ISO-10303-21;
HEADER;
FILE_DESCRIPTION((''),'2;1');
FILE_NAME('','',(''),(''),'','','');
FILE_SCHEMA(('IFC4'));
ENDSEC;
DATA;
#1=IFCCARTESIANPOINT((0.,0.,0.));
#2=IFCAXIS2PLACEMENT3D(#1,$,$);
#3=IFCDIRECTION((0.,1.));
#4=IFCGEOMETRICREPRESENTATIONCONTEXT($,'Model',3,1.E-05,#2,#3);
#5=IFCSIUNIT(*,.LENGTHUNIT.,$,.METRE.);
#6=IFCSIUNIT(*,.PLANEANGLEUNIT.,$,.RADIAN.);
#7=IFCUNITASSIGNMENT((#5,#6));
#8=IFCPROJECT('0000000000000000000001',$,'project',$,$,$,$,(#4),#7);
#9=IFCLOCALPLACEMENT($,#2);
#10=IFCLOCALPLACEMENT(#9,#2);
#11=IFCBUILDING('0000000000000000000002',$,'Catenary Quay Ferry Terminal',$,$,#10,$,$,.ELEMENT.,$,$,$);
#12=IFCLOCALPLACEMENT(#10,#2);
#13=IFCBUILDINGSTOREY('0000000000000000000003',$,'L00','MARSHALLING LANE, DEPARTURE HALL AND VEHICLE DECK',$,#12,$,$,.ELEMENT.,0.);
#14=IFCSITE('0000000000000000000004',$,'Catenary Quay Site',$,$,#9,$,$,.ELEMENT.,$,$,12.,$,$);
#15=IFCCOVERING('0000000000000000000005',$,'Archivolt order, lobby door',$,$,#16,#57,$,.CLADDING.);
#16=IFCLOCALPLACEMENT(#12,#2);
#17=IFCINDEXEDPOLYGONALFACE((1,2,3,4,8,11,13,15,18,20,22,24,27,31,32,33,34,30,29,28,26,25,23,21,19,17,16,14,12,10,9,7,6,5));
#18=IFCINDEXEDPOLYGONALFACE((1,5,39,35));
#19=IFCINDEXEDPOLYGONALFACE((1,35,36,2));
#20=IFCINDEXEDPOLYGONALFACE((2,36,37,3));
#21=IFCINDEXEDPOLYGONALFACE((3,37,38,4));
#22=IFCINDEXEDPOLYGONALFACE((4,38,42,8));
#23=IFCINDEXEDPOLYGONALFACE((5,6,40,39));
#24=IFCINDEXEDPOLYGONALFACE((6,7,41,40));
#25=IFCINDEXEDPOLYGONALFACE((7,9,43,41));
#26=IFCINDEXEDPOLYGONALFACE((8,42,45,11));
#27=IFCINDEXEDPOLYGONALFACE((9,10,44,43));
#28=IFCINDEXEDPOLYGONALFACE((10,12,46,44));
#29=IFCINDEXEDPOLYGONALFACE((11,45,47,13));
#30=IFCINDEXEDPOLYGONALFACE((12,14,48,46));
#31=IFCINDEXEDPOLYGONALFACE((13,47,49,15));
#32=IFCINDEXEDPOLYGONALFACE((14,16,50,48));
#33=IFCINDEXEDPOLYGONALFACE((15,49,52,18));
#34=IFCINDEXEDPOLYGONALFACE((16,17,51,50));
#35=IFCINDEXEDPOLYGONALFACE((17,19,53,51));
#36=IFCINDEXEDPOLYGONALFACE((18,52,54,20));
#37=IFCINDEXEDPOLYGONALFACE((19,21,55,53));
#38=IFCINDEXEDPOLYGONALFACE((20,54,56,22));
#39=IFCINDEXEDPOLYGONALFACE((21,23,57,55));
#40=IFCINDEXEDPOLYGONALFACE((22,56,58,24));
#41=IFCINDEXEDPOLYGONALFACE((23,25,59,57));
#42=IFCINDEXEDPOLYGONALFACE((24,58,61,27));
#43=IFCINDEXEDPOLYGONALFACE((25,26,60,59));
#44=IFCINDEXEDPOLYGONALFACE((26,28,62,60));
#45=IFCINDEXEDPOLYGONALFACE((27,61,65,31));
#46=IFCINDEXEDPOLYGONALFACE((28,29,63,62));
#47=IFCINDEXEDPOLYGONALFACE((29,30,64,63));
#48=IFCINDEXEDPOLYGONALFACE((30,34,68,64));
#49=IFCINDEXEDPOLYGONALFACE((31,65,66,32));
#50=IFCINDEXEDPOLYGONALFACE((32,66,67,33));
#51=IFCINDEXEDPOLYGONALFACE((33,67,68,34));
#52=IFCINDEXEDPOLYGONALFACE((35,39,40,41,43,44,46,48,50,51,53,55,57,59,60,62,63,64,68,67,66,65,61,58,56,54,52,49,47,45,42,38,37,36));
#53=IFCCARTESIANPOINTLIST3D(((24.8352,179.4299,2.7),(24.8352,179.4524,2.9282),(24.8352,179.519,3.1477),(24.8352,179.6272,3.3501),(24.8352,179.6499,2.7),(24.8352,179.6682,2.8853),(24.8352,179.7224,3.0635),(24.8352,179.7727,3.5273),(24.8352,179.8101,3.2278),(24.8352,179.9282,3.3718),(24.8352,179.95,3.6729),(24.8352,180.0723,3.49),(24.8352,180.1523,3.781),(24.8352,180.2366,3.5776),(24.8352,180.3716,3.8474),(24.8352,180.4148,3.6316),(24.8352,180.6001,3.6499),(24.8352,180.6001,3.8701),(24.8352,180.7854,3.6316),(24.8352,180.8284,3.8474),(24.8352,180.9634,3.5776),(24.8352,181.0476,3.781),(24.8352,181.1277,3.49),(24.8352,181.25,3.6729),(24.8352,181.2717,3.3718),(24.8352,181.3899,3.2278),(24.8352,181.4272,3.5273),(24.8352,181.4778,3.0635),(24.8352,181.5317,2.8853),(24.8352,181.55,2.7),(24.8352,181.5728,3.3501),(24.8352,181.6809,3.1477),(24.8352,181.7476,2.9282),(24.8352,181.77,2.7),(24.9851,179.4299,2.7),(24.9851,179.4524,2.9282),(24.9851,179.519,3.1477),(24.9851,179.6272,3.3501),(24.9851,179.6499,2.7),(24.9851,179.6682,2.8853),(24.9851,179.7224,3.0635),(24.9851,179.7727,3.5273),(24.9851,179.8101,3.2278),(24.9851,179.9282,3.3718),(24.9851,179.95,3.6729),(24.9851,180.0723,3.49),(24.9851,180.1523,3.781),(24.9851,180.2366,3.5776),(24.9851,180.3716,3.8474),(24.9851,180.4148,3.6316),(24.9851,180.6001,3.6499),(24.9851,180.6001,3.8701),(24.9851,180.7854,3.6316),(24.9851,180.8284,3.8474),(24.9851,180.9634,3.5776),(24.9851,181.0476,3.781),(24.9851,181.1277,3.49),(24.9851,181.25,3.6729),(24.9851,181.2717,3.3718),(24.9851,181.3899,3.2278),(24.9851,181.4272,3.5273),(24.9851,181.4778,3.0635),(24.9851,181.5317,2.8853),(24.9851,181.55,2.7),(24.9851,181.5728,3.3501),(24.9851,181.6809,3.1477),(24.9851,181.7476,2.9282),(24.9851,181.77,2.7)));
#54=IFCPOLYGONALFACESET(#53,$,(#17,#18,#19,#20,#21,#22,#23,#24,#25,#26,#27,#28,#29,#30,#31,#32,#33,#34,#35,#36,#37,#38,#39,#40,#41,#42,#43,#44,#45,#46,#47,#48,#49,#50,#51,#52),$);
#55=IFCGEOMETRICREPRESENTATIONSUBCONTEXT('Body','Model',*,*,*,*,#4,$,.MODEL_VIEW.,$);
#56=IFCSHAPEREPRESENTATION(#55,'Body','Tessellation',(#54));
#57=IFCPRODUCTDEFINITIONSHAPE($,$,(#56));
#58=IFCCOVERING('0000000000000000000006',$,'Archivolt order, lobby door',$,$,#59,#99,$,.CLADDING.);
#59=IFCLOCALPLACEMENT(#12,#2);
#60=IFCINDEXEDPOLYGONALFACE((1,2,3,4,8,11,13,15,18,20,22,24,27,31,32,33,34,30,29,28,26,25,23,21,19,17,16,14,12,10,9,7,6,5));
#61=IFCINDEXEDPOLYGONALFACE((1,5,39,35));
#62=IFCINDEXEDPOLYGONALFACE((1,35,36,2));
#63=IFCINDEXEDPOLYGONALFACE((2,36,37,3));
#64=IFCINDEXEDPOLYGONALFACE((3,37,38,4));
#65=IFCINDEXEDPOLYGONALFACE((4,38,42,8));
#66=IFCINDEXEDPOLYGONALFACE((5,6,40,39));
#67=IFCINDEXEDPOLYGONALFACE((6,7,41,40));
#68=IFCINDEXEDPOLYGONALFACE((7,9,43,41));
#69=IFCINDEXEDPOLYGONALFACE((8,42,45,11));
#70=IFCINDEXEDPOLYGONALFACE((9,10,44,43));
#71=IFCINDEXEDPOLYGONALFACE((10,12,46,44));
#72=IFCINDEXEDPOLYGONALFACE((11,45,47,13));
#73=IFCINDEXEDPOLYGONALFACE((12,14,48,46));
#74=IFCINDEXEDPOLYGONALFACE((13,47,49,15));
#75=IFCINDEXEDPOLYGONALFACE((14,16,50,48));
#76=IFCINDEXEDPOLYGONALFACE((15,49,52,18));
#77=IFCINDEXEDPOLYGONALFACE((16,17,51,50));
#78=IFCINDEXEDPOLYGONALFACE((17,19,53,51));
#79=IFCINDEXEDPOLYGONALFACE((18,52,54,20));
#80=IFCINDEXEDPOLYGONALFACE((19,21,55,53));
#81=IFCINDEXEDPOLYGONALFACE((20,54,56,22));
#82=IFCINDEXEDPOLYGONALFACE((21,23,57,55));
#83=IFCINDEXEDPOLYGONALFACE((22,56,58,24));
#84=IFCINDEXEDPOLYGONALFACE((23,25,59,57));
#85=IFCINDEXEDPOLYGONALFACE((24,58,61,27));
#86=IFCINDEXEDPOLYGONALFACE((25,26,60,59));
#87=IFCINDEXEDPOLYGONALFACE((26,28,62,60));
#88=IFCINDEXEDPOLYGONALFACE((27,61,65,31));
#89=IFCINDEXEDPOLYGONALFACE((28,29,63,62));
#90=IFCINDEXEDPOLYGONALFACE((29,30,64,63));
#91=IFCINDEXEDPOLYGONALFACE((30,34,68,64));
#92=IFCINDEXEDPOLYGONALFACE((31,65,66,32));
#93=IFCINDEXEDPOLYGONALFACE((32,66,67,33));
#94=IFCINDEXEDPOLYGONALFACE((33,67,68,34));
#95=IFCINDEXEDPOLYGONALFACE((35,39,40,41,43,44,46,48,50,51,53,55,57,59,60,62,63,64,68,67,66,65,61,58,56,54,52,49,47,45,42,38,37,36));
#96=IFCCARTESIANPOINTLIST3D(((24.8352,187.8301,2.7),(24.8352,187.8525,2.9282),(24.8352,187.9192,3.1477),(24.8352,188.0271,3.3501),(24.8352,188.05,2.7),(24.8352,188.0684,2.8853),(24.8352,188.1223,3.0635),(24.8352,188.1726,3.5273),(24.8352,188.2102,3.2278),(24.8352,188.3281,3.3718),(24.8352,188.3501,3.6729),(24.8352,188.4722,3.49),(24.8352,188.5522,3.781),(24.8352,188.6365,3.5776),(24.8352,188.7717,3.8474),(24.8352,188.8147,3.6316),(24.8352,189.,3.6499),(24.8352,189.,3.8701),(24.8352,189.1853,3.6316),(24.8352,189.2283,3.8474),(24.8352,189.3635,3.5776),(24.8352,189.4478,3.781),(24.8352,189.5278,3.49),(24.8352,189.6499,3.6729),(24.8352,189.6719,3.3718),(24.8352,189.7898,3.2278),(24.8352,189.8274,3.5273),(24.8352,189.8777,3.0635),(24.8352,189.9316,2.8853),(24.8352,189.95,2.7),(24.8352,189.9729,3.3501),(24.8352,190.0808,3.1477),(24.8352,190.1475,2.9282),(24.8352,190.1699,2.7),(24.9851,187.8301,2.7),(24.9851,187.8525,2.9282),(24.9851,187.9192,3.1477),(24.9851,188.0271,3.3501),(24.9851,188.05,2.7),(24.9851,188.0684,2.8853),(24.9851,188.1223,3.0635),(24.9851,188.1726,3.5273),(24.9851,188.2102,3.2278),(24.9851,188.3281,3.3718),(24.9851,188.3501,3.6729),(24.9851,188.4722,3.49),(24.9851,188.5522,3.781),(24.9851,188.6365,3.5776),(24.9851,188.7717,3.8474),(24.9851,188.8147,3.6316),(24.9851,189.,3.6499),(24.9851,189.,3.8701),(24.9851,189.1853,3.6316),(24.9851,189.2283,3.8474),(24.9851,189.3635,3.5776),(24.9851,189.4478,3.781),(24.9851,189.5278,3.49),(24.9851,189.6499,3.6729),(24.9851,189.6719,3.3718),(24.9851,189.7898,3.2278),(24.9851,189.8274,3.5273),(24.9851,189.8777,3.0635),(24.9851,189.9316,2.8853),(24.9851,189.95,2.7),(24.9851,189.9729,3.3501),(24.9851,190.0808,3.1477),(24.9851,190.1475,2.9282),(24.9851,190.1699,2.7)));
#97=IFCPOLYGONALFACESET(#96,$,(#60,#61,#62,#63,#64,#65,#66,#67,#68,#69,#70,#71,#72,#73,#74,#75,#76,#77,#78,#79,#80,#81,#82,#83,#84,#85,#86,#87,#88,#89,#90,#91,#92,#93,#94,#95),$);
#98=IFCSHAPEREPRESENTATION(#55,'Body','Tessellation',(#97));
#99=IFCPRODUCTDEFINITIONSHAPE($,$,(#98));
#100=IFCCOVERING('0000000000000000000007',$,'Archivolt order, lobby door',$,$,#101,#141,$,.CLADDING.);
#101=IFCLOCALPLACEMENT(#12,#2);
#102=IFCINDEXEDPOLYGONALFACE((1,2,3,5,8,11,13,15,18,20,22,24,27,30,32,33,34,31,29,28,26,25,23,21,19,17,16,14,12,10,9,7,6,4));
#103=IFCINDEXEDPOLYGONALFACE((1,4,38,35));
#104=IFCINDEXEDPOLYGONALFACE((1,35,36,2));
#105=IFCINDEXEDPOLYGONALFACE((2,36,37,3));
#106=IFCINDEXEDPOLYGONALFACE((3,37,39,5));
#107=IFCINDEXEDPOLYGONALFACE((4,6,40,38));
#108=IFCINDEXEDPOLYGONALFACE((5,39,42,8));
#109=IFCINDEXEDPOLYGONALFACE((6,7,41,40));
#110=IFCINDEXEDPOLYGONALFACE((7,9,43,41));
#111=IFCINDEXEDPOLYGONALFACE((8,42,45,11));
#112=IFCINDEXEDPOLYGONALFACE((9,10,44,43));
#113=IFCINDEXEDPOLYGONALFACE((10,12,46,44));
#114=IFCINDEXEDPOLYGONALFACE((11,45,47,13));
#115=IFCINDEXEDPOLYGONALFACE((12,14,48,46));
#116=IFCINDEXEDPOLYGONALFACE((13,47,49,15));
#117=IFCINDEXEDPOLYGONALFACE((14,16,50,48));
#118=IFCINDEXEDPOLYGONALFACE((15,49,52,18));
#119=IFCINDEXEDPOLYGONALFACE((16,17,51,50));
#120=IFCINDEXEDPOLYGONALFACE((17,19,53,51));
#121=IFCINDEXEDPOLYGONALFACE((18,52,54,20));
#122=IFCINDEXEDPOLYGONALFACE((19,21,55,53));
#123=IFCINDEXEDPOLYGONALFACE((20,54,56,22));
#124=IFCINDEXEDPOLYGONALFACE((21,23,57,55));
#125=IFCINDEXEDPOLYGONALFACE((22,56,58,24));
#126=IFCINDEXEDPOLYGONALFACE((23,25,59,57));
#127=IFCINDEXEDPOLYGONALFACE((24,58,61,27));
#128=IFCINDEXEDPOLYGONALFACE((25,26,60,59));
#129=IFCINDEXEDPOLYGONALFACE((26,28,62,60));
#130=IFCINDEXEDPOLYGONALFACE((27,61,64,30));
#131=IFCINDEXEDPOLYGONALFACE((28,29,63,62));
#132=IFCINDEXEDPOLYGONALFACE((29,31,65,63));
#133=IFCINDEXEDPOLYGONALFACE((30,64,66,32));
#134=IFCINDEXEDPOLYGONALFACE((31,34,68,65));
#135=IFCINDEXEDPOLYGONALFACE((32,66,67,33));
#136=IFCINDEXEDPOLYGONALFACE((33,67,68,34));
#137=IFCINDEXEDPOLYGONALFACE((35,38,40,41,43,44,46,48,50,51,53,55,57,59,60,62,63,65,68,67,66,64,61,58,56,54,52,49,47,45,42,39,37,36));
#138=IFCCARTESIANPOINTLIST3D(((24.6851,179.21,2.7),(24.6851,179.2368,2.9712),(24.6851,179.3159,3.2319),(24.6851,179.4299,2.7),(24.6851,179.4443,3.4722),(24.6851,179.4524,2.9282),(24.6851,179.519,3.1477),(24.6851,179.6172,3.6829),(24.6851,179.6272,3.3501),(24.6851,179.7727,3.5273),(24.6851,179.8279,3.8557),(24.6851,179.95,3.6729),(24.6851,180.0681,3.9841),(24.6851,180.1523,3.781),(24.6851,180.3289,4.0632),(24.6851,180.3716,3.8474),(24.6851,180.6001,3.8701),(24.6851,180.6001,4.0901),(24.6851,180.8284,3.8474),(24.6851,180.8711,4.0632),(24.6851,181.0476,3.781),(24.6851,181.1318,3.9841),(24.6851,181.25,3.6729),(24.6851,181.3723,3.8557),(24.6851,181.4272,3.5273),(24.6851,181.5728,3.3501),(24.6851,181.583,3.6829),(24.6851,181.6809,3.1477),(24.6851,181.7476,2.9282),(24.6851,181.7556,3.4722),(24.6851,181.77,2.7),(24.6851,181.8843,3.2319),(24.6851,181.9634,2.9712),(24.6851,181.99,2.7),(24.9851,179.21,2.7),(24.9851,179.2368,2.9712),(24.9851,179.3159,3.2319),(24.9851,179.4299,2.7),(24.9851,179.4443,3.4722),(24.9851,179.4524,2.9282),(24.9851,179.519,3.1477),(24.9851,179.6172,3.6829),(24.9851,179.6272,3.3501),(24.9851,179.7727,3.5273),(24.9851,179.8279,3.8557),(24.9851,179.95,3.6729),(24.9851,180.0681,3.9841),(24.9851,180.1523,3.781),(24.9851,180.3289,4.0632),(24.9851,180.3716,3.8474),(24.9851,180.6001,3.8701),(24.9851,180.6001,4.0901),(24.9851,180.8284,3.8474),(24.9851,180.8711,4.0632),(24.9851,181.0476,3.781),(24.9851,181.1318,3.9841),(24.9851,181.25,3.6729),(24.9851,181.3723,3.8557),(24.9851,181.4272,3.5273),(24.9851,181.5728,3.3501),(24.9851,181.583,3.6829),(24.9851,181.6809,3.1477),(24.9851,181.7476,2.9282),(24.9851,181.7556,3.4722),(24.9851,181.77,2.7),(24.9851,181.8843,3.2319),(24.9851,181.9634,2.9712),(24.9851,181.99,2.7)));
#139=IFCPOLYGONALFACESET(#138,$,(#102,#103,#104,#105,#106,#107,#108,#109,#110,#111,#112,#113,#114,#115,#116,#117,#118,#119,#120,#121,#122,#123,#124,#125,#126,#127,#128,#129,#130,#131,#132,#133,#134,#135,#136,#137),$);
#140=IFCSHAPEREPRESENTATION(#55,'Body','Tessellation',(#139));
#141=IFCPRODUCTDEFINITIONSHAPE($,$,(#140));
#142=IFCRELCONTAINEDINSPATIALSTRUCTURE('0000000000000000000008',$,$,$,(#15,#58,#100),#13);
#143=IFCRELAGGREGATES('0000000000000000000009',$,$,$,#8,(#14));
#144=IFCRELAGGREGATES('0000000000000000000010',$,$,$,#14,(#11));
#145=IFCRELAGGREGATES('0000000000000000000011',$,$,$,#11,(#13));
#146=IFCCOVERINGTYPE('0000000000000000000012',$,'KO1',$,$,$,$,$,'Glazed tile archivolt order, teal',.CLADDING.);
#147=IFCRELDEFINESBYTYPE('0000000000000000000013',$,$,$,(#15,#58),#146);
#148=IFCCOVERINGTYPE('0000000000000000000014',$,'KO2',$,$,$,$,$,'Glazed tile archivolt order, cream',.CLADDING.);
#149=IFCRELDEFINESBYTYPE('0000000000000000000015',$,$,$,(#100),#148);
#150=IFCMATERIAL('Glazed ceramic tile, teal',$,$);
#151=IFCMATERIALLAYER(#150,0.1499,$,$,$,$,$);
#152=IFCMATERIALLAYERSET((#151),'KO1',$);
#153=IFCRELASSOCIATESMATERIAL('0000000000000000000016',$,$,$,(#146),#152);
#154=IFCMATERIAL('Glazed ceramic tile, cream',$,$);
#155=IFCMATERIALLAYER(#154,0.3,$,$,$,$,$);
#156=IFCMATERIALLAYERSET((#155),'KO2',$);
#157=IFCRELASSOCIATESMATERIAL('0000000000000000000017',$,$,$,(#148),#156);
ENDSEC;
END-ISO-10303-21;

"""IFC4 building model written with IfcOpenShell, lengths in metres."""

from ifc_helpers import new_model, si_unit, direction, frame, origin, place, context, subcontext, project, spatial, polyline, outline, extrude, material, layer, layer_set, type_object, element, save


model = new_model("IFC4")

# Units and contexts
model_context = context("Model", 3, precision=1e-05, world=origin(), true_north=direction((0.0, 1.0)))
body_context = subcontext(model_context, "Body", "Model", "MODEL_VIEW")
ifc_project = project(units=[si_unit("LENGTHUNIT", "METRE"), si_unit("PLANEANGLEUNIT", "RADIAN")], contexts=[model_context])

# Site, building, storey
site_placement = place(None, origin())
site = spatial("IfcSite", under=ifc_project, at=site_placement, Name="Catenary Quay Site", CompositionType="ELEMENT", RefElevation=12.0)
building_placement = place(site_placement, origin())
building = spatial("IfcBuilding", under=site, at=building_placement, Name="Catenary Quay Ferry Terminal", CompositionType="ELEMENT")
storey_placement = place(building_placement, origin())
storey = spatial("IfcBuildingStorey", under=building, at=storey_placement, Name="L00", Description="MARSHALLING LANE, DEPARTURE HALL AND VEHICLE DECK", CompositionType="ELEMENT", Elevation=0.0)

# Coverings
ifc_material_1 = material(Name="Glazed ceramic tile, teal")
ifc_layer_1 = layer(ifc_material_1, 0.1499)
ifc_layer_set_1 = layer_set([ifc_layer_1], Name="KO1")
covering_type_1 = type_object("IfcCoveringType", Name="KO1", ElementType="Glazed tile archivolt order, teal", PredefinedType="CLADDING", material=ifc_layer_set_1)
covering_1_placement = place(storey_placement, frame((24.9851, 181.77, 2.7), z_axis=(1.0, 0.0, 0.0), x_axis=(0.0, -0.097923, 0.995194)))
element("IfcCovering", 1, at=covering_1_placement, inside=storey, type_object=covering_type_1, Name="Archivolt order, lobby door", PredefinedType="CLADDING", context=body_context, shape_type="SweptSolid", body=[
    extrude(outline(polyline([(0.0, 0.0), (0.2294, 0.0), (0.4543, 0.0448), (0.6663, 0.1327), (0.857, 0.2601), (1.0191, 0.4223), (1.1466, 0.6131), (1.2342, 0.8248), (1.2791, 1.0497), (1.2789, 1.2794), (1.2343, 1.504), (1.1465, 1.7161), (1.019, 1.9067), (0.8569, 2.0689), (0.666, 2.1963), (0.4541, 2.2841), (0.2291, 2.3288), (0.2076, 2.1099), (0.3902, 2.0736), (0.5623, 2.0022), (0.7172, 1.8989), (0.849, 1.7672), (0.9525, 1.6122), (1.0236, 1.4401), (1.0599, 1.2575), (1.0599, 1.0713), (1.0236, 0.8887), (0.9525, 0.7168), (0.8491, 0.5619), (0.7174, 0.4301), (0.5625, 0.3266), (0.3904, 0.2552), (0.2077, 0.219), (0.0215, 0.2189), (0.0, 0.0)])), origin(), (0.0, 0.0, -1.0), 0.1499),
])
covering_2_placement = place(storey_placement, frame((24.9851, 190.1699, 2.7), z_axis=(1.0, 0.0, 0.0), x_axis=(0.0, -0.097923, 0.995194)))
element("IfcCovering", 2, at=covering_2_placement, inside=storey, type_object=covering_type_1, Name="Archivolt order, lobby door", PredefinedType="CLADDING", context=body_context, shape_type="SweptSolid", body=[
    extrude(outline(polyline([(0.0, 0.0), (0.2294, 0.0), (0.4543, 0.0448), (0.6663, 0.1324), (0.857, 0.2599), (1.0191, 0.4223), (1.1466, 0.6128), (1.2342, 0.8248), (1.2791, 1.0497), (1.2789, 1.2791), (1.2343, 1.504), (1.1464, 1.7158), (1.019, 1.9067), (0.8569, 2.0689), (0.666, 2.1961), (0.4541, 2.2839), (0.2291, 2.3286), (0.2076, 2.1097), (0.3902, 2.0733), (0.5623, 2.0022), (0.7172, 1.8986), (0.849, 1.7672), (0.9525, 1.6122), (1.0236, 1.4401), (1.0599, 1.2575), (1.0599, 1.0713), (1.0236, 0.8887), (0.9524, 0.7166), (0.8491, 0.5616), (0.7174, 0.4299), (0.5625, 0.3266), (0.3904, 0.2552), (0.2077, 0.219), (0.0215, 0.2189), (0.0, 0.0)])), origin(), (0.0, 0.0, -1.0), 0.1499),
])
ifc_material_2 = material(Name="Glazed ceramic tile, cream")
ifc_layer_2 = layer(ifc_material_2, 0.3)
ifc_layer_set_2 = layer_set([ifc_layer_2], Name="KO2")
covering_type_2 = type_object("IfcCoveringType", Name="KO2", ElementType="Glazed tile archivolt order, cream", PredefinedType="CLADDING", material=ifc_layer_set_2)
covering_3_placement = place(storey_placement, frame((24.9851, 181.99, 2.7), z_axis=(1.0, 0.0, 0.0), x_axis=(0.0, -0.097641, 0.995222)))
element("IfcCovering", 3, at=covering_3_placement, inside=storey, type_object=covering_type_2, Name="Archivolt order, lobby door", PredefinedType="CLADDING", context=body_context, shape_type="SweptSolid", body=[
    extrude(outline(polyline([(0.0, 0.0), (0.2725, 0.0), (0.5398, 0.0533), (0.7914, 0.1579), (1.018, 0.3091), (1.2105, 0.5019), (1.3618, 0.7287), (1.466, 0.9804), (1.5192, 1.2475), (1.519, 1.5201), (1.4657, 1.7873), (1.3613, 2.0389), (1.2099, 2.2655), (1.0171, 2.4581), (0.7905, 2.6094), (0.5388, 2.7135), (0.2714, 2.7667), (0.25, 2.5478), (0.475, 2.5032), (0.6869, 2.4154), (0.8777, 2.288), (1.0399, 2.1259), (1.1674, 1.9353), (1.2553, 1.7233), (1.3, 1.4986), (1.3003, 1.269), (1.2554, 1.044), (1.1679, 0.8323), (1.0405, 0.6415), (0.8784, 0.4793), (0.6878, 0.3518), (0.4758, 0.2639), (0.2509, 0.219), (0.0215, 0.2189), (0.0, 0.0)])), origin(), (0.0, 0.0, -1.0), 0.3),
])

save(model, "model.ifc")
